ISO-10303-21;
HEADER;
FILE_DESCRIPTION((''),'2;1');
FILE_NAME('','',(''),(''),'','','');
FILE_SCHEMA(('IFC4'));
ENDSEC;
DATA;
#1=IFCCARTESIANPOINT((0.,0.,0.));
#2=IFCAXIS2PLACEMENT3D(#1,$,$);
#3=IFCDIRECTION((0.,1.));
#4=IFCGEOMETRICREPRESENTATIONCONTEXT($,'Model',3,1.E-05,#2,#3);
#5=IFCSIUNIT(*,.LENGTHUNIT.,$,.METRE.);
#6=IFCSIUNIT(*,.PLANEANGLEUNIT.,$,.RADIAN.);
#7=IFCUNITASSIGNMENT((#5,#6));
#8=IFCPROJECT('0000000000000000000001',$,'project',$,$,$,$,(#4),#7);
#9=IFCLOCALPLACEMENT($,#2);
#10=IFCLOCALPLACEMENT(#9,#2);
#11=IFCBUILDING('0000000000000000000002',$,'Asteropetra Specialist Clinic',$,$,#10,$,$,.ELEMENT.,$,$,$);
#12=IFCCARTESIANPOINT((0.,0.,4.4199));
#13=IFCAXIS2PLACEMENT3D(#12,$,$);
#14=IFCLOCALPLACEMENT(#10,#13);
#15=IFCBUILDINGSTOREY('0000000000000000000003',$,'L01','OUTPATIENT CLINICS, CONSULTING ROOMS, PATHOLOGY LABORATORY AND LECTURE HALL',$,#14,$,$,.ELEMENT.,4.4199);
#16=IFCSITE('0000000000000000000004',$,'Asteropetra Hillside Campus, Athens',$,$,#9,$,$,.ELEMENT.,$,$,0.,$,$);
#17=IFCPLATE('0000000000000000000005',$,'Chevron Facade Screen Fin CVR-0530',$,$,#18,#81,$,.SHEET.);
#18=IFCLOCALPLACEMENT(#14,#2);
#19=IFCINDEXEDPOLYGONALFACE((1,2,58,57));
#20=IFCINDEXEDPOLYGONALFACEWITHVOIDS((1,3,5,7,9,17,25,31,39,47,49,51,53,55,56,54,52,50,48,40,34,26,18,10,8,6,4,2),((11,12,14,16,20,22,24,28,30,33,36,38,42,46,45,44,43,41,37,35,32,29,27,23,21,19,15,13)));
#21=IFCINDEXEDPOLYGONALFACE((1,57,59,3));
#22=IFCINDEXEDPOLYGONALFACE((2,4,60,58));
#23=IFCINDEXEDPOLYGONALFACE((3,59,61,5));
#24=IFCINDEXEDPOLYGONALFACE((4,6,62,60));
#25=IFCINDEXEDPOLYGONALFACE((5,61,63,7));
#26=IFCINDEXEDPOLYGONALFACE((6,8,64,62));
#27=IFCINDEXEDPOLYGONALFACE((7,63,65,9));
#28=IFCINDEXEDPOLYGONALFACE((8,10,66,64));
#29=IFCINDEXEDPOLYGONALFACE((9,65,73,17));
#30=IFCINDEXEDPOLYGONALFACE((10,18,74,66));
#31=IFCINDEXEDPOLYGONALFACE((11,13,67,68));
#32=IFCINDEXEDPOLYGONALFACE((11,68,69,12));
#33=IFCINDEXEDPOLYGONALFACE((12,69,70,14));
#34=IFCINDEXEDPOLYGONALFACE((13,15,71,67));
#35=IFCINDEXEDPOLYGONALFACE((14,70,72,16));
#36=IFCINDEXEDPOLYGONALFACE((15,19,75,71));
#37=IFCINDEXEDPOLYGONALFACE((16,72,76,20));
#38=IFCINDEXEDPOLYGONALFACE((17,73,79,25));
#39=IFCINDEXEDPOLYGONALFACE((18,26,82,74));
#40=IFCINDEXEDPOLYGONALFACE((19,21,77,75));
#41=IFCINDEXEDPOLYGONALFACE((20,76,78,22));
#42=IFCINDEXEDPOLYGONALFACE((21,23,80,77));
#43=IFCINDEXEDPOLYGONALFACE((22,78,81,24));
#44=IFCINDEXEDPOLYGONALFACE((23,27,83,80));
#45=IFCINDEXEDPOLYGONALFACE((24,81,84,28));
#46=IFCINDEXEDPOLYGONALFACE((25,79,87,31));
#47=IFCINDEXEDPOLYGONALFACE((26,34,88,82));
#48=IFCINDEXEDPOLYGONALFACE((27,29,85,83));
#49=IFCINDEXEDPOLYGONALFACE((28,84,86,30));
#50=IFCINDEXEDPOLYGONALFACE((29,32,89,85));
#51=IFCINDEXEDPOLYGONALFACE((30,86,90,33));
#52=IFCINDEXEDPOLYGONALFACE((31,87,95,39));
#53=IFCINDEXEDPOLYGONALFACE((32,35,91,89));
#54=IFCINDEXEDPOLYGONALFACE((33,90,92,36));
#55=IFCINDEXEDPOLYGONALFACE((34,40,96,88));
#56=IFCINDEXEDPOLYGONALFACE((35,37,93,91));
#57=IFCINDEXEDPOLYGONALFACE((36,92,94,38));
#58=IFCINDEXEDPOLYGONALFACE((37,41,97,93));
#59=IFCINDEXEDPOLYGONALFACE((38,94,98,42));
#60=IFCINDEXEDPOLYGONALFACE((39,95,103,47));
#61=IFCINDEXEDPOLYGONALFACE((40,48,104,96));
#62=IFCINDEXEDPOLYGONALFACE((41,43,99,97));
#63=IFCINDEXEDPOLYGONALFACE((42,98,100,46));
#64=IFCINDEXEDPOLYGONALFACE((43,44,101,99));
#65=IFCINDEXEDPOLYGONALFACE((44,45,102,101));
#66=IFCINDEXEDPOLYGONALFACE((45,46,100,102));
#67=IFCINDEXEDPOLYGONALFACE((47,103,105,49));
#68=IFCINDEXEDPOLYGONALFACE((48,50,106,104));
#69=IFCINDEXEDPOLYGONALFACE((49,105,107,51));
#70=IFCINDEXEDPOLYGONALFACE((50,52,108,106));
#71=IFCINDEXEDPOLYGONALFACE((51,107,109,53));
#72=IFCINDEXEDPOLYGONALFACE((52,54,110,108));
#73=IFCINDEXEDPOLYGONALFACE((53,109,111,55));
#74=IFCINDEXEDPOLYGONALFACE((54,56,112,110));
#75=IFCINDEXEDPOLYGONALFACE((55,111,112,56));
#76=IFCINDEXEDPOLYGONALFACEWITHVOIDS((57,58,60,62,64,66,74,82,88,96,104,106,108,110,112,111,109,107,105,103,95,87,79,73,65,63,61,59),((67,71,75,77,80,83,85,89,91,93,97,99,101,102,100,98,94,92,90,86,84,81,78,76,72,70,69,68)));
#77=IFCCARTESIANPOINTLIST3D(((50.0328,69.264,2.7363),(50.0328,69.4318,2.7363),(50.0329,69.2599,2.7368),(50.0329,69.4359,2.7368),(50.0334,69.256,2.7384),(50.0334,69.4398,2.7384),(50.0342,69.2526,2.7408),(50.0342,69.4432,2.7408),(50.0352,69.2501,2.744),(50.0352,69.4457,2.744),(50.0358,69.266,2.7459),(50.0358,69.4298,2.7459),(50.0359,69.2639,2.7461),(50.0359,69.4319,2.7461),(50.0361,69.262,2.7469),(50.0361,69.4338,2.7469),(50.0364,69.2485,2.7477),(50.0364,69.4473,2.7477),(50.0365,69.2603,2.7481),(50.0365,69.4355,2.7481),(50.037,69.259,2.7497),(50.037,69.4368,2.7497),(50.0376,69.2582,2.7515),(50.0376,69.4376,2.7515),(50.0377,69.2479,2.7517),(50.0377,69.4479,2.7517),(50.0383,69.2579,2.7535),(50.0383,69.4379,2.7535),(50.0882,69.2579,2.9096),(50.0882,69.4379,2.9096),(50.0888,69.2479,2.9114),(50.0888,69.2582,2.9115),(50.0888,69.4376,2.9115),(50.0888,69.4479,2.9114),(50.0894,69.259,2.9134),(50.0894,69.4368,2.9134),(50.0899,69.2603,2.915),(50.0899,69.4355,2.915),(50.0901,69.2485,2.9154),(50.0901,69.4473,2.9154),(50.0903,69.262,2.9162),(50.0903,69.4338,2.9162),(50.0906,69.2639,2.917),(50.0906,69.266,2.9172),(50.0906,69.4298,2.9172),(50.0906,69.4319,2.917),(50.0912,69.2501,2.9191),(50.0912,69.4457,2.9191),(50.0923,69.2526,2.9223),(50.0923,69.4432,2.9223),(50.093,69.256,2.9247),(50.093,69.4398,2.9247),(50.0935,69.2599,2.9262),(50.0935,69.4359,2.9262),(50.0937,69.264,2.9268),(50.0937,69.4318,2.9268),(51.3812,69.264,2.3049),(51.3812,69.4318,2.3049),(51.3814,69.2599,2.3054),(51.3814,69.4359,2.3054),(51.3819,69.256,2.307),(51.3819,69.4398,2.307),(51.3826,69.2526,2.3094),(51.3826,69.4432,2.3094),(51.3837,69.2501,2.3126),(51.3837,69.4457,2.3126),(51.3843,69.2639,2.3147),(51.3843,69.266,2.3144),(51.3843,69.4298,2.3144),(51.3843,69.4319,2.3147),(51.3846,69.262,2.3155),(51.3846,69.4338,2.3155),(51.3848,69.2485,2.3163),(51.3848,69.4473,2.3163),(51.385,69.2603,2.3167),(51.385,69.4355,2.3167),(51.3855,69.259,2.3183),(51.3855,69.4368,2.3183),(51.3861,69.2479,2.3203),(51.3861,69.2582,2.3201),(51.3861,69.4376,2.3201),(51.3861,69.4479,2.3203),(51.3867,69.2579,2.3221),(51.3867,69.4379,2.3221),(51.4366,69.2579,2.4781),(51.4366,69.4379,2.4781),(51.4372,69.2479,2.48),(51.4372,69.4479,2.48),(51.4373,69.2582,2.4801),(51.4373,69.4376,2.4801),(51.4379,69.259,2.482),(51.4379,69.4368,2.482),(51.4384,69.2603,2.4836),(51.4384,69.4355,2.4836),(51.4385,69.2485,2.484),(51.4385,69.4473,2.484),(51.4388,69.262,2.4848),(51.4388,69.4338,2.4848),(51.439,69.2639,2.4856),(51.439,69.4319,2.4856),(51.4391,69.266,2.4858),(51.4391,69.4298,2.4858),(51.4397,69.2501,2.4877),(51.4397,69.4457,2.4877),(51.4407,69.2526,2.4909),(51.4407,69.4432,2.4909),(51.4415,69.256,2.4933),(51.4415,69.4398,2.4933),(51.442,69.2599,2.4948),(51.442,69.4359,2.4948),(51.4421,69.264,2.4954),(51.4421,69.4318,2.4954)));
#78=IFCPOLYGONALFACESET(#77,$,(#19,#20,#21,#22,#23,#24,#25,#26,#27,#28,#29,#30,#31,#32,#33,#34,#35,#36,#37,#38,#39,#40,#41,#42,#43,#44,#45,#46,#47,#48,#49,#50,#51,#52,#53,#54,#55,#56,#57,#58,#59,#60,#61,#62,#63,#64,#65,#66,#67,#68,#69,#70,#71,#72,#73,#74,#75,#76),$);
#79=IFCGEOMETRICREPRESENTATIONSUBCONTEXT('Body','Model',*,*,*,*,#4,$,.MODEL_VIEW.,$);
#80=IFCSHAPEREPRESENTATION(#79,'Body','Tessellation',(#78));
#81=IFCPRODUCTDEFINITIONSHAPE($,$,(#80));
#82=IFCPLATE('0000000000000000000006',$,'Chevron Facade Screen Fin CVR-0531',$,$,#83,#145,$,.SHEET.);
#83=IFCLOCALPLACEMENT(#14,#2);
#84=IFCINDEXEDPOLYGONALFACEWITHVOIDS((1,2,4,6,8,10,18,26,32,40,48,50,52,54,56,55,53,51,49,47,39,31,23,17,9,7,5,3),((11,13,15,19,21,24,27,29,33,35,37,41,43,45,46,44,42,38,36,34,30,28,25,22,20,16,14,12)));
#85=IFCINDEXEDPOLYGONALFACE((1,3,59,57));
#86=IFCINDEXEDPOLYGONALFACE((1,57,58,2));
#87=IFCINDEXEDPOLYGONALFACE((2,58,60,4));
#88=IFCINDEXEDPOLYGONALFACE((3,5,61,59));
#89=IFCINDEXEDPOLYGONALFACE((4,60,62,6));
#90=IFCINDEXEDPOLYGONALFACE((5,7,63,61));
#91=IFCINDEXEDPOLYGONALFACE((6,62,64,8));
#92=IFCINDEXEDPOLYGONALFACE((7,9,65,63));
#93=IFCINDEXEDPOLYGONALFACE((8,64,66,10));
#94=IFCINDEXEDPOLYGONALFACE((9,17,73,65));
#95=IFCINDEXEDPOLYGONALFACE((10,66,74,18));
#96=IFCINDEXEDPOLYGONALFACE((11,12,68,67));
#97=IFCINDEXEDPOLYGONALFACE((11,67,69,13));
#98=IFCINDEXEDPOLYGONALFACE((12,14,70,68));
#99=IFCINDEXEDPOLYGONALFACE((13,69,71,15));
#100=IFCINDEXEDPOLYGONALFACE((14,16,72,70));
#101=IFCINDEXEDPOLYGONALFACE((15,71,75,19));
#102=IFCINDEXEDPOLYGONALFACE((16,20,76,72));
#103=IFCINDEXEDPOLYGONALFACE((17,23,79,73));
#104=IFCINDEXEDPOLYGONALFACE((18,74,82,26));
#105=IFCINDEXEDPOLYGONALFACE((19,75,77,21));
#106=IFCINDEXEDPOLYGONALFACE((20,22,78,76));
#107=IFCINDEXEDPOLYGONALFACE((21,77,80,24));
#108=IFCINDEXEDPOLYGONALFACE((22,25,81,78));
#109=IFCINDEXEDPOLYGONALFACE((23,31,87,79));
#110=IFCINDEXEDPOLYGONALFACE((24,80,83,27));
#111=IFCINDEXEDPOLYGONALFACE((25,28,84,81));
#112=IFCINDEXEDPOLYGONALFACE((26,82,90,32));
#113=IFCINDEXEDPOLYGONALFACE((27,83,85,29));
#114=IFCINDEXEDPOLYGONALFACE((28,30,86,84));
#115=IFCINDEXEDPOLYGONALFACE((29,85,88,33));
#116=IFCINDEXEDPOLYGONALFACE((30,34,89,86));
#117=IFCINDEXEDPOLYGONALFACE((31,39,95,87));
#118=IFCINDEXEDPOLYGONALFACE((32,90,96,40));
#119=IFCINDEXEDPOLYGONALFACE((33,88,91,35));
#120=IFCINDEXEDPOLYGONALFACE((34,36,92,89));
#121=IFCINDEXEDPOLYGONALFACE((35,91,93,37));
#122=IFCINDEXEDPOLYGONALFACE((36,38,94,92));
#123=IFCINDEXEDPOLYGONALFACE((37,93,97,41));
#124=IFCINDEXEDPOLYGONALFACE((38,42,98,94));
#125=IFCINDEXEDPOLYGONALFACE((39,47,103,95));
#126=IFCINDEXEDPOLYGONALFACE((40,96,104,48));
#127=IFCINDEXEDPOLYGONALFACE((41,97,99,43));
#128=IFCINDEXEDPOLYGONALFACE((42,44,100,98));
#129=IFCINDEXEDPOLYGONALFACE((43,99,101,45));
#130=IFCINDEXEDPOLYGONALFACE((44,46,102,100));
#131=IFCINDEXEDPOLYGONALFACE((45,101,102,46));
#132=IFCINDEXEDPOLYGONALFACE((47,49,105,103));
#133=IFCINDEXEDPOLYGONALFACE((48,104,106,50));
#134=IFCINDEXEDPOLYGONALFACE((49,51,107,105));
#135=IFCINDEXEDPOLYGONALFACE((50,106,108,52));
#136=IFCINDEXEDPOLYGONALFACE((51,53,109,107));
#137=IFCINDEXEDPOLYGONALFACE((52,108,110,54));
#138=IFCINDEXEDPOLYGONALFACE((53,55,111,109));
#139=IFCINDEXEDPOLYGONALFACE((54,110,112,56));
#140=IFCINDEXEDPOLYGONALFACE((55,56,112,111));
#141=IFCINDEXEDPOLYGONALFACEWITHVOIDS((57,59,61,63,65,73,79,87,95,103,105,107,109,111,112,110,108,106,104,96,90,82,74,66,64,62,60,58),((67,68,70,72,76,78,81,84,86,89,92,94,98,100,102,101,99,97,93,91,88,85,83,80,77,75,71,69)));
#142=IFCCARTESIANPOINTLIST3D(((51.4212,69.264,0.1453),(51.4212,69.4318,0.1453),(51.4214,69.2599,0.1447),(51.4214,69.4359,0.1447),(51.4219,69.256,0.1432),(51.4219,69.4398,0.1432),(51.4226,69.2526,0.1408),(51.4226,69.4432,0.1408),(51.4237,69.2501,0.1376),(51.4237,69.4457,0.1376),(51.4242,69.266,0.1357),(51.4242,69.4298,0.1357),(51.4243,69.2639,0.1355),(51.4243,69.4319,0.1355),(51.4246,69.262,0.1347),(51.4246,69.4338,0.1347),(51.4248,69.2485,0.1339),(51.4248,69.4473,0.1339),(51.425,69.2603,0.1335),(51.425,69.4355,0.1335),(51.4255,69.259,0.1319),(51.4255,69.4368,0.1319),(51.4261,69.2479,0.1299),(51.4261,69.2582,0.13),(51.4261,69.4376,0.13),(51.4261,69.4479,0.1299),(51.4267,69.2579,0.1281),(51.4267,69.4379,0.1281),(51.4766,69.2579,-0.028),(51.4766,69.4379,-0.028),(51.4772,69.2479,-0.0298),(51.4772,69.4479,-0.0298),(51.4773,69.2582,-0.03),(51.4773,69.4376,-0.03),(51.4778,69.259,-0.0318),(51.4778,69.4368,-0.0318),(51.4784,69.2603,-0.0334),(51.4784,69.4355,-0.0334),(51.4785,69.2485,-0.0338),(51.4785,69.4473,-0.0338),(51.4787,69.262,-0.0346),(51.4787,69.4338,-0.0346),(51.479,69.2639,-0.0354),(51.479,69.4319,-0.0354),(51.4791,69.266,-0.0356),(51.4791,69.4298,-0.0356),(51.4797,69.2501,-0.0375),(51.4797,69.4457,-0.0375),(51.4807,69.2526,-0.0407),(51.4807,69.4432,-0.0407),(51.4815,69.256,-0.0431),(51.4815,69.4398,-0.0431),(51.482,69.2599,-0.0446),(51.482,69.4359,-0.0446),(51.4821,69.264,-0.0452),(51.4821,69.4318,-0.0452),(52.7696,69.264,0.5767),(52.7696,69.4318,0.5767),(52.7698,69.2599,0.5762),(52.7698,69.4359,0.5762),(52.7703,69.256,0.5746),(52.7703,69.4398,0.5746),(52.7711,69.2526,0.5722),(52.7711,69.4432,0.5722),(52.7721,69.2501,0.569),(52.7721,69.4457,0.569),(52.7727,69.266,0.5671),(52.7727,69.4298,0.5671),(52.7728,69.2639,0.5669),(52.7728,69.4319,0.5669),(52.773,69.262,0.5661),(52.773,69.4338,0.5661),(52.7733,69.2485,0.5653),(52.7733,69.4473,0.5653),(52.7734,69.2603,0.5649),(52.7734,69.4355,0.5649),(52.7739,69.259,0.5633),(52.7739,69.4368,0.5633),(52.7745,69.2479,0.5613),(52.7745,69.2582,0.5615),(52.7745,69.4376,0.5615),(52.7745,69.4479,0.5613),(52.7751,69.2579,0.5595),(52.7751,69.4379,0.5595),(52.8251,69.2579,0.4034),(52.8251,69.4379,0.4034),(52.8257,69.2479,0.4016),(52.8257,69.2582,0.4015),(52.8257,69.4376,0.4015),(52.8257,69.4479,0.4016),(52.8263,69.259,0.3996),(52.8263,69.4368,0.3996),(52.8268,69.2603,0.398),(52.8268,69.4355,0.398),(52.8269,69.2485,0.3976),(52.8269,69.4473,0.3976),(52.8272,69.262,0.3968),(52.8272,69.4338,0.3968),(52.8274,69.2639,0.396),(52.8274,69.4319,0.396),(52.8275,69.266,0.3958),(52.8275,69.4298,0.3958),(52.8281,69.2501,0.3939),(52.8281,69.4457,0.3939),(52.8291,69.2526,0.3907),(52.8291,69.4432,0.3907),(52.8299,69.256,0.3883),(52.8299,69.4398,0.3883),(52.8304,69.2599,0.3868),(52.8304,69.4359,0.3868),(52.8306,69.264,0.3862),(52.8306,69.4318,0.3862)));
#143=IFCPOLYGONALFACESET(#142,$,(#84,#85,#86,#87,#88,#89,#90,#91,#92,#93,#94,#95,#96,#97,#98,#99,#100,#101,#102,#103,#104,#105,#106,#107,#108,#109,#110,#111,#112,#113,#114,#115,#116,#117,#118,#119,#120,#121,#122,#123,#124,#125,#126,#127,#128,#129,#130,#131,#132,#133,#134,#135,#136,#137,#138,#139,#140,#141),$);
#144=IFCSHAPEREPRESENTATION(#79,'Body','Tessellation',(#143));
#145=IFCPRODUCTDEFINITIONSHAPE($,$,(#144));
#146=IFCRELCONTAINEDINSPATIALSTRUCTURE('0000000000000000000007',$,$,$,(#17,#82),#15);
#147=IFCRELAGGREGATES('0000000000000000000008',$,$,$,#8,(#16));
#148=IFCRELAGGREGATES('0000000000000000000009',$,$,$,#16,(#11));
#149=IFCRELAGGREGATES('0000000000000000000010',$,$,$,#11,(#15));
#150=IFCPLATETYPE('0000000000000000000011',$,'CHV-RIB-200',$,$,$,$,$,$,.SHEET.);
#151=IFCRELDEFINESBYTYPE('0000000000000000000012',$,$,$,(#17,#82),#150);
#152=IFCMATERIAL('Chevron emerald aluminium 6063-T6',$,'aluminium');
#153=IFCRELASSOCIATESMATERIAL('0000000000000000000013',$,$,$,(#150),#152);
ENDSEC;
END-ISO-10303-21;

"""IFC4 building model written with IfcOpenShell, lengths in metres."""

from ifc_helpers import new_model, si_unit, direction, frame, origin, origin_2d, place, context, subcontext, project, spatial, hollow_rectangle, extrude, material, material_profile, profile_set, type_object, element, save


model = new_model("IFC4")

# Units and contexts
model_context = context("Model", 3, precision=1e-05, world=origin(), true_north=direction((0.0, 1.0)))
body_context = subcontext(model_context, "Body", "Model", "MODEL_VIEW")
ifc_project = project(units=[si_unit("LENGTHUNIT", "METRE"), si_unit("PLANEANGLEUNIT", "RADIAN")], contexts=[model_context])

# Site, building, storey
site_placement = place(None, origin())
site = spatial("IfcSite", under=ifc_project, at=site_placement, Name="Asteropetra Hillside Campus, Athens", CompositionType="ELEMENT", RefElevation=0.0)
building_placement = place(site_placement, origin())
building = spatial("IfcBuilding", under=site, at=building_placement, Name="Asteropetra Specialist Clinic", CompositionType="ELEMENT")
storey_placement = place(building_placement, frame((0.0, 0.0, 4.4199)))
storey = spatial("IfcBuildingStorey", under=building, at=storey_placement, Name="L01", Description="OUTPATIENT CLINICS, CONSULTING ROOMS, PATHOLOGY LABORATORY AND LECTURE HALL", CompositionType="ELEMENT", Elevation=4.4199)

# Plates
ifc_material_1 = material(Name="Chevron emerald aluminium 6063-T6", Category="aluminium")
ifc_material_profile_1 = material_profile(ifc_material_1, hollow_rectangle(XDim=0.2, YDim=0.2, WallThickness=0.01, InnerFilletRadius=0.0081, OuterFilletRadius=0.0161, at=origin_2d()), Name="SHS 200x200x10.0")
ifc_profile_set_1 = profile_set([ifc_material_profile_1], Name="Chevron emerald aluminium 6063-T6")
plate_type_1 = type_object("IfcPlateType", Name="CHV-RIB-200", PredefinedType="SHEET", material=ifc_profile_set_1)
for number, where, z_axis, x_axis, name in (
    (1, (50.0632, 69.3479, 2.8315), (0.952442, 0.0, -0.304719), (0.0, 1.0, 0.0), "Chevron Facade Screen Fin CVR-0530"),
    (2, (51.4517, 69.3479, 0.05), (0.952442, 0.0, 0.304719), (0.0, 1.0, 0.0), "Chevron Facade Screen Fin CVR-0531"),
):
    element("IfcPlate", number, at=place(storey_placement, frame(where, z_axis=z_axis, x_axis=x_axis)), inside=storey, type_object=plate_type_1, Name=name, PredefinedType="SHEET", context=body_context, shape_type="SweptSolid", body=[
        extrude(hollow_rectangle(XDim=0.2, YDim=0.2, WallThickness=0.01, InnerFilletRadius=0.0081, OuterFilletRadius=0.0161, at=origin_2d()), origin(), (0.0, 0.0, 1.0), 1.4158),
    ])

save(model, "model.ifc")
